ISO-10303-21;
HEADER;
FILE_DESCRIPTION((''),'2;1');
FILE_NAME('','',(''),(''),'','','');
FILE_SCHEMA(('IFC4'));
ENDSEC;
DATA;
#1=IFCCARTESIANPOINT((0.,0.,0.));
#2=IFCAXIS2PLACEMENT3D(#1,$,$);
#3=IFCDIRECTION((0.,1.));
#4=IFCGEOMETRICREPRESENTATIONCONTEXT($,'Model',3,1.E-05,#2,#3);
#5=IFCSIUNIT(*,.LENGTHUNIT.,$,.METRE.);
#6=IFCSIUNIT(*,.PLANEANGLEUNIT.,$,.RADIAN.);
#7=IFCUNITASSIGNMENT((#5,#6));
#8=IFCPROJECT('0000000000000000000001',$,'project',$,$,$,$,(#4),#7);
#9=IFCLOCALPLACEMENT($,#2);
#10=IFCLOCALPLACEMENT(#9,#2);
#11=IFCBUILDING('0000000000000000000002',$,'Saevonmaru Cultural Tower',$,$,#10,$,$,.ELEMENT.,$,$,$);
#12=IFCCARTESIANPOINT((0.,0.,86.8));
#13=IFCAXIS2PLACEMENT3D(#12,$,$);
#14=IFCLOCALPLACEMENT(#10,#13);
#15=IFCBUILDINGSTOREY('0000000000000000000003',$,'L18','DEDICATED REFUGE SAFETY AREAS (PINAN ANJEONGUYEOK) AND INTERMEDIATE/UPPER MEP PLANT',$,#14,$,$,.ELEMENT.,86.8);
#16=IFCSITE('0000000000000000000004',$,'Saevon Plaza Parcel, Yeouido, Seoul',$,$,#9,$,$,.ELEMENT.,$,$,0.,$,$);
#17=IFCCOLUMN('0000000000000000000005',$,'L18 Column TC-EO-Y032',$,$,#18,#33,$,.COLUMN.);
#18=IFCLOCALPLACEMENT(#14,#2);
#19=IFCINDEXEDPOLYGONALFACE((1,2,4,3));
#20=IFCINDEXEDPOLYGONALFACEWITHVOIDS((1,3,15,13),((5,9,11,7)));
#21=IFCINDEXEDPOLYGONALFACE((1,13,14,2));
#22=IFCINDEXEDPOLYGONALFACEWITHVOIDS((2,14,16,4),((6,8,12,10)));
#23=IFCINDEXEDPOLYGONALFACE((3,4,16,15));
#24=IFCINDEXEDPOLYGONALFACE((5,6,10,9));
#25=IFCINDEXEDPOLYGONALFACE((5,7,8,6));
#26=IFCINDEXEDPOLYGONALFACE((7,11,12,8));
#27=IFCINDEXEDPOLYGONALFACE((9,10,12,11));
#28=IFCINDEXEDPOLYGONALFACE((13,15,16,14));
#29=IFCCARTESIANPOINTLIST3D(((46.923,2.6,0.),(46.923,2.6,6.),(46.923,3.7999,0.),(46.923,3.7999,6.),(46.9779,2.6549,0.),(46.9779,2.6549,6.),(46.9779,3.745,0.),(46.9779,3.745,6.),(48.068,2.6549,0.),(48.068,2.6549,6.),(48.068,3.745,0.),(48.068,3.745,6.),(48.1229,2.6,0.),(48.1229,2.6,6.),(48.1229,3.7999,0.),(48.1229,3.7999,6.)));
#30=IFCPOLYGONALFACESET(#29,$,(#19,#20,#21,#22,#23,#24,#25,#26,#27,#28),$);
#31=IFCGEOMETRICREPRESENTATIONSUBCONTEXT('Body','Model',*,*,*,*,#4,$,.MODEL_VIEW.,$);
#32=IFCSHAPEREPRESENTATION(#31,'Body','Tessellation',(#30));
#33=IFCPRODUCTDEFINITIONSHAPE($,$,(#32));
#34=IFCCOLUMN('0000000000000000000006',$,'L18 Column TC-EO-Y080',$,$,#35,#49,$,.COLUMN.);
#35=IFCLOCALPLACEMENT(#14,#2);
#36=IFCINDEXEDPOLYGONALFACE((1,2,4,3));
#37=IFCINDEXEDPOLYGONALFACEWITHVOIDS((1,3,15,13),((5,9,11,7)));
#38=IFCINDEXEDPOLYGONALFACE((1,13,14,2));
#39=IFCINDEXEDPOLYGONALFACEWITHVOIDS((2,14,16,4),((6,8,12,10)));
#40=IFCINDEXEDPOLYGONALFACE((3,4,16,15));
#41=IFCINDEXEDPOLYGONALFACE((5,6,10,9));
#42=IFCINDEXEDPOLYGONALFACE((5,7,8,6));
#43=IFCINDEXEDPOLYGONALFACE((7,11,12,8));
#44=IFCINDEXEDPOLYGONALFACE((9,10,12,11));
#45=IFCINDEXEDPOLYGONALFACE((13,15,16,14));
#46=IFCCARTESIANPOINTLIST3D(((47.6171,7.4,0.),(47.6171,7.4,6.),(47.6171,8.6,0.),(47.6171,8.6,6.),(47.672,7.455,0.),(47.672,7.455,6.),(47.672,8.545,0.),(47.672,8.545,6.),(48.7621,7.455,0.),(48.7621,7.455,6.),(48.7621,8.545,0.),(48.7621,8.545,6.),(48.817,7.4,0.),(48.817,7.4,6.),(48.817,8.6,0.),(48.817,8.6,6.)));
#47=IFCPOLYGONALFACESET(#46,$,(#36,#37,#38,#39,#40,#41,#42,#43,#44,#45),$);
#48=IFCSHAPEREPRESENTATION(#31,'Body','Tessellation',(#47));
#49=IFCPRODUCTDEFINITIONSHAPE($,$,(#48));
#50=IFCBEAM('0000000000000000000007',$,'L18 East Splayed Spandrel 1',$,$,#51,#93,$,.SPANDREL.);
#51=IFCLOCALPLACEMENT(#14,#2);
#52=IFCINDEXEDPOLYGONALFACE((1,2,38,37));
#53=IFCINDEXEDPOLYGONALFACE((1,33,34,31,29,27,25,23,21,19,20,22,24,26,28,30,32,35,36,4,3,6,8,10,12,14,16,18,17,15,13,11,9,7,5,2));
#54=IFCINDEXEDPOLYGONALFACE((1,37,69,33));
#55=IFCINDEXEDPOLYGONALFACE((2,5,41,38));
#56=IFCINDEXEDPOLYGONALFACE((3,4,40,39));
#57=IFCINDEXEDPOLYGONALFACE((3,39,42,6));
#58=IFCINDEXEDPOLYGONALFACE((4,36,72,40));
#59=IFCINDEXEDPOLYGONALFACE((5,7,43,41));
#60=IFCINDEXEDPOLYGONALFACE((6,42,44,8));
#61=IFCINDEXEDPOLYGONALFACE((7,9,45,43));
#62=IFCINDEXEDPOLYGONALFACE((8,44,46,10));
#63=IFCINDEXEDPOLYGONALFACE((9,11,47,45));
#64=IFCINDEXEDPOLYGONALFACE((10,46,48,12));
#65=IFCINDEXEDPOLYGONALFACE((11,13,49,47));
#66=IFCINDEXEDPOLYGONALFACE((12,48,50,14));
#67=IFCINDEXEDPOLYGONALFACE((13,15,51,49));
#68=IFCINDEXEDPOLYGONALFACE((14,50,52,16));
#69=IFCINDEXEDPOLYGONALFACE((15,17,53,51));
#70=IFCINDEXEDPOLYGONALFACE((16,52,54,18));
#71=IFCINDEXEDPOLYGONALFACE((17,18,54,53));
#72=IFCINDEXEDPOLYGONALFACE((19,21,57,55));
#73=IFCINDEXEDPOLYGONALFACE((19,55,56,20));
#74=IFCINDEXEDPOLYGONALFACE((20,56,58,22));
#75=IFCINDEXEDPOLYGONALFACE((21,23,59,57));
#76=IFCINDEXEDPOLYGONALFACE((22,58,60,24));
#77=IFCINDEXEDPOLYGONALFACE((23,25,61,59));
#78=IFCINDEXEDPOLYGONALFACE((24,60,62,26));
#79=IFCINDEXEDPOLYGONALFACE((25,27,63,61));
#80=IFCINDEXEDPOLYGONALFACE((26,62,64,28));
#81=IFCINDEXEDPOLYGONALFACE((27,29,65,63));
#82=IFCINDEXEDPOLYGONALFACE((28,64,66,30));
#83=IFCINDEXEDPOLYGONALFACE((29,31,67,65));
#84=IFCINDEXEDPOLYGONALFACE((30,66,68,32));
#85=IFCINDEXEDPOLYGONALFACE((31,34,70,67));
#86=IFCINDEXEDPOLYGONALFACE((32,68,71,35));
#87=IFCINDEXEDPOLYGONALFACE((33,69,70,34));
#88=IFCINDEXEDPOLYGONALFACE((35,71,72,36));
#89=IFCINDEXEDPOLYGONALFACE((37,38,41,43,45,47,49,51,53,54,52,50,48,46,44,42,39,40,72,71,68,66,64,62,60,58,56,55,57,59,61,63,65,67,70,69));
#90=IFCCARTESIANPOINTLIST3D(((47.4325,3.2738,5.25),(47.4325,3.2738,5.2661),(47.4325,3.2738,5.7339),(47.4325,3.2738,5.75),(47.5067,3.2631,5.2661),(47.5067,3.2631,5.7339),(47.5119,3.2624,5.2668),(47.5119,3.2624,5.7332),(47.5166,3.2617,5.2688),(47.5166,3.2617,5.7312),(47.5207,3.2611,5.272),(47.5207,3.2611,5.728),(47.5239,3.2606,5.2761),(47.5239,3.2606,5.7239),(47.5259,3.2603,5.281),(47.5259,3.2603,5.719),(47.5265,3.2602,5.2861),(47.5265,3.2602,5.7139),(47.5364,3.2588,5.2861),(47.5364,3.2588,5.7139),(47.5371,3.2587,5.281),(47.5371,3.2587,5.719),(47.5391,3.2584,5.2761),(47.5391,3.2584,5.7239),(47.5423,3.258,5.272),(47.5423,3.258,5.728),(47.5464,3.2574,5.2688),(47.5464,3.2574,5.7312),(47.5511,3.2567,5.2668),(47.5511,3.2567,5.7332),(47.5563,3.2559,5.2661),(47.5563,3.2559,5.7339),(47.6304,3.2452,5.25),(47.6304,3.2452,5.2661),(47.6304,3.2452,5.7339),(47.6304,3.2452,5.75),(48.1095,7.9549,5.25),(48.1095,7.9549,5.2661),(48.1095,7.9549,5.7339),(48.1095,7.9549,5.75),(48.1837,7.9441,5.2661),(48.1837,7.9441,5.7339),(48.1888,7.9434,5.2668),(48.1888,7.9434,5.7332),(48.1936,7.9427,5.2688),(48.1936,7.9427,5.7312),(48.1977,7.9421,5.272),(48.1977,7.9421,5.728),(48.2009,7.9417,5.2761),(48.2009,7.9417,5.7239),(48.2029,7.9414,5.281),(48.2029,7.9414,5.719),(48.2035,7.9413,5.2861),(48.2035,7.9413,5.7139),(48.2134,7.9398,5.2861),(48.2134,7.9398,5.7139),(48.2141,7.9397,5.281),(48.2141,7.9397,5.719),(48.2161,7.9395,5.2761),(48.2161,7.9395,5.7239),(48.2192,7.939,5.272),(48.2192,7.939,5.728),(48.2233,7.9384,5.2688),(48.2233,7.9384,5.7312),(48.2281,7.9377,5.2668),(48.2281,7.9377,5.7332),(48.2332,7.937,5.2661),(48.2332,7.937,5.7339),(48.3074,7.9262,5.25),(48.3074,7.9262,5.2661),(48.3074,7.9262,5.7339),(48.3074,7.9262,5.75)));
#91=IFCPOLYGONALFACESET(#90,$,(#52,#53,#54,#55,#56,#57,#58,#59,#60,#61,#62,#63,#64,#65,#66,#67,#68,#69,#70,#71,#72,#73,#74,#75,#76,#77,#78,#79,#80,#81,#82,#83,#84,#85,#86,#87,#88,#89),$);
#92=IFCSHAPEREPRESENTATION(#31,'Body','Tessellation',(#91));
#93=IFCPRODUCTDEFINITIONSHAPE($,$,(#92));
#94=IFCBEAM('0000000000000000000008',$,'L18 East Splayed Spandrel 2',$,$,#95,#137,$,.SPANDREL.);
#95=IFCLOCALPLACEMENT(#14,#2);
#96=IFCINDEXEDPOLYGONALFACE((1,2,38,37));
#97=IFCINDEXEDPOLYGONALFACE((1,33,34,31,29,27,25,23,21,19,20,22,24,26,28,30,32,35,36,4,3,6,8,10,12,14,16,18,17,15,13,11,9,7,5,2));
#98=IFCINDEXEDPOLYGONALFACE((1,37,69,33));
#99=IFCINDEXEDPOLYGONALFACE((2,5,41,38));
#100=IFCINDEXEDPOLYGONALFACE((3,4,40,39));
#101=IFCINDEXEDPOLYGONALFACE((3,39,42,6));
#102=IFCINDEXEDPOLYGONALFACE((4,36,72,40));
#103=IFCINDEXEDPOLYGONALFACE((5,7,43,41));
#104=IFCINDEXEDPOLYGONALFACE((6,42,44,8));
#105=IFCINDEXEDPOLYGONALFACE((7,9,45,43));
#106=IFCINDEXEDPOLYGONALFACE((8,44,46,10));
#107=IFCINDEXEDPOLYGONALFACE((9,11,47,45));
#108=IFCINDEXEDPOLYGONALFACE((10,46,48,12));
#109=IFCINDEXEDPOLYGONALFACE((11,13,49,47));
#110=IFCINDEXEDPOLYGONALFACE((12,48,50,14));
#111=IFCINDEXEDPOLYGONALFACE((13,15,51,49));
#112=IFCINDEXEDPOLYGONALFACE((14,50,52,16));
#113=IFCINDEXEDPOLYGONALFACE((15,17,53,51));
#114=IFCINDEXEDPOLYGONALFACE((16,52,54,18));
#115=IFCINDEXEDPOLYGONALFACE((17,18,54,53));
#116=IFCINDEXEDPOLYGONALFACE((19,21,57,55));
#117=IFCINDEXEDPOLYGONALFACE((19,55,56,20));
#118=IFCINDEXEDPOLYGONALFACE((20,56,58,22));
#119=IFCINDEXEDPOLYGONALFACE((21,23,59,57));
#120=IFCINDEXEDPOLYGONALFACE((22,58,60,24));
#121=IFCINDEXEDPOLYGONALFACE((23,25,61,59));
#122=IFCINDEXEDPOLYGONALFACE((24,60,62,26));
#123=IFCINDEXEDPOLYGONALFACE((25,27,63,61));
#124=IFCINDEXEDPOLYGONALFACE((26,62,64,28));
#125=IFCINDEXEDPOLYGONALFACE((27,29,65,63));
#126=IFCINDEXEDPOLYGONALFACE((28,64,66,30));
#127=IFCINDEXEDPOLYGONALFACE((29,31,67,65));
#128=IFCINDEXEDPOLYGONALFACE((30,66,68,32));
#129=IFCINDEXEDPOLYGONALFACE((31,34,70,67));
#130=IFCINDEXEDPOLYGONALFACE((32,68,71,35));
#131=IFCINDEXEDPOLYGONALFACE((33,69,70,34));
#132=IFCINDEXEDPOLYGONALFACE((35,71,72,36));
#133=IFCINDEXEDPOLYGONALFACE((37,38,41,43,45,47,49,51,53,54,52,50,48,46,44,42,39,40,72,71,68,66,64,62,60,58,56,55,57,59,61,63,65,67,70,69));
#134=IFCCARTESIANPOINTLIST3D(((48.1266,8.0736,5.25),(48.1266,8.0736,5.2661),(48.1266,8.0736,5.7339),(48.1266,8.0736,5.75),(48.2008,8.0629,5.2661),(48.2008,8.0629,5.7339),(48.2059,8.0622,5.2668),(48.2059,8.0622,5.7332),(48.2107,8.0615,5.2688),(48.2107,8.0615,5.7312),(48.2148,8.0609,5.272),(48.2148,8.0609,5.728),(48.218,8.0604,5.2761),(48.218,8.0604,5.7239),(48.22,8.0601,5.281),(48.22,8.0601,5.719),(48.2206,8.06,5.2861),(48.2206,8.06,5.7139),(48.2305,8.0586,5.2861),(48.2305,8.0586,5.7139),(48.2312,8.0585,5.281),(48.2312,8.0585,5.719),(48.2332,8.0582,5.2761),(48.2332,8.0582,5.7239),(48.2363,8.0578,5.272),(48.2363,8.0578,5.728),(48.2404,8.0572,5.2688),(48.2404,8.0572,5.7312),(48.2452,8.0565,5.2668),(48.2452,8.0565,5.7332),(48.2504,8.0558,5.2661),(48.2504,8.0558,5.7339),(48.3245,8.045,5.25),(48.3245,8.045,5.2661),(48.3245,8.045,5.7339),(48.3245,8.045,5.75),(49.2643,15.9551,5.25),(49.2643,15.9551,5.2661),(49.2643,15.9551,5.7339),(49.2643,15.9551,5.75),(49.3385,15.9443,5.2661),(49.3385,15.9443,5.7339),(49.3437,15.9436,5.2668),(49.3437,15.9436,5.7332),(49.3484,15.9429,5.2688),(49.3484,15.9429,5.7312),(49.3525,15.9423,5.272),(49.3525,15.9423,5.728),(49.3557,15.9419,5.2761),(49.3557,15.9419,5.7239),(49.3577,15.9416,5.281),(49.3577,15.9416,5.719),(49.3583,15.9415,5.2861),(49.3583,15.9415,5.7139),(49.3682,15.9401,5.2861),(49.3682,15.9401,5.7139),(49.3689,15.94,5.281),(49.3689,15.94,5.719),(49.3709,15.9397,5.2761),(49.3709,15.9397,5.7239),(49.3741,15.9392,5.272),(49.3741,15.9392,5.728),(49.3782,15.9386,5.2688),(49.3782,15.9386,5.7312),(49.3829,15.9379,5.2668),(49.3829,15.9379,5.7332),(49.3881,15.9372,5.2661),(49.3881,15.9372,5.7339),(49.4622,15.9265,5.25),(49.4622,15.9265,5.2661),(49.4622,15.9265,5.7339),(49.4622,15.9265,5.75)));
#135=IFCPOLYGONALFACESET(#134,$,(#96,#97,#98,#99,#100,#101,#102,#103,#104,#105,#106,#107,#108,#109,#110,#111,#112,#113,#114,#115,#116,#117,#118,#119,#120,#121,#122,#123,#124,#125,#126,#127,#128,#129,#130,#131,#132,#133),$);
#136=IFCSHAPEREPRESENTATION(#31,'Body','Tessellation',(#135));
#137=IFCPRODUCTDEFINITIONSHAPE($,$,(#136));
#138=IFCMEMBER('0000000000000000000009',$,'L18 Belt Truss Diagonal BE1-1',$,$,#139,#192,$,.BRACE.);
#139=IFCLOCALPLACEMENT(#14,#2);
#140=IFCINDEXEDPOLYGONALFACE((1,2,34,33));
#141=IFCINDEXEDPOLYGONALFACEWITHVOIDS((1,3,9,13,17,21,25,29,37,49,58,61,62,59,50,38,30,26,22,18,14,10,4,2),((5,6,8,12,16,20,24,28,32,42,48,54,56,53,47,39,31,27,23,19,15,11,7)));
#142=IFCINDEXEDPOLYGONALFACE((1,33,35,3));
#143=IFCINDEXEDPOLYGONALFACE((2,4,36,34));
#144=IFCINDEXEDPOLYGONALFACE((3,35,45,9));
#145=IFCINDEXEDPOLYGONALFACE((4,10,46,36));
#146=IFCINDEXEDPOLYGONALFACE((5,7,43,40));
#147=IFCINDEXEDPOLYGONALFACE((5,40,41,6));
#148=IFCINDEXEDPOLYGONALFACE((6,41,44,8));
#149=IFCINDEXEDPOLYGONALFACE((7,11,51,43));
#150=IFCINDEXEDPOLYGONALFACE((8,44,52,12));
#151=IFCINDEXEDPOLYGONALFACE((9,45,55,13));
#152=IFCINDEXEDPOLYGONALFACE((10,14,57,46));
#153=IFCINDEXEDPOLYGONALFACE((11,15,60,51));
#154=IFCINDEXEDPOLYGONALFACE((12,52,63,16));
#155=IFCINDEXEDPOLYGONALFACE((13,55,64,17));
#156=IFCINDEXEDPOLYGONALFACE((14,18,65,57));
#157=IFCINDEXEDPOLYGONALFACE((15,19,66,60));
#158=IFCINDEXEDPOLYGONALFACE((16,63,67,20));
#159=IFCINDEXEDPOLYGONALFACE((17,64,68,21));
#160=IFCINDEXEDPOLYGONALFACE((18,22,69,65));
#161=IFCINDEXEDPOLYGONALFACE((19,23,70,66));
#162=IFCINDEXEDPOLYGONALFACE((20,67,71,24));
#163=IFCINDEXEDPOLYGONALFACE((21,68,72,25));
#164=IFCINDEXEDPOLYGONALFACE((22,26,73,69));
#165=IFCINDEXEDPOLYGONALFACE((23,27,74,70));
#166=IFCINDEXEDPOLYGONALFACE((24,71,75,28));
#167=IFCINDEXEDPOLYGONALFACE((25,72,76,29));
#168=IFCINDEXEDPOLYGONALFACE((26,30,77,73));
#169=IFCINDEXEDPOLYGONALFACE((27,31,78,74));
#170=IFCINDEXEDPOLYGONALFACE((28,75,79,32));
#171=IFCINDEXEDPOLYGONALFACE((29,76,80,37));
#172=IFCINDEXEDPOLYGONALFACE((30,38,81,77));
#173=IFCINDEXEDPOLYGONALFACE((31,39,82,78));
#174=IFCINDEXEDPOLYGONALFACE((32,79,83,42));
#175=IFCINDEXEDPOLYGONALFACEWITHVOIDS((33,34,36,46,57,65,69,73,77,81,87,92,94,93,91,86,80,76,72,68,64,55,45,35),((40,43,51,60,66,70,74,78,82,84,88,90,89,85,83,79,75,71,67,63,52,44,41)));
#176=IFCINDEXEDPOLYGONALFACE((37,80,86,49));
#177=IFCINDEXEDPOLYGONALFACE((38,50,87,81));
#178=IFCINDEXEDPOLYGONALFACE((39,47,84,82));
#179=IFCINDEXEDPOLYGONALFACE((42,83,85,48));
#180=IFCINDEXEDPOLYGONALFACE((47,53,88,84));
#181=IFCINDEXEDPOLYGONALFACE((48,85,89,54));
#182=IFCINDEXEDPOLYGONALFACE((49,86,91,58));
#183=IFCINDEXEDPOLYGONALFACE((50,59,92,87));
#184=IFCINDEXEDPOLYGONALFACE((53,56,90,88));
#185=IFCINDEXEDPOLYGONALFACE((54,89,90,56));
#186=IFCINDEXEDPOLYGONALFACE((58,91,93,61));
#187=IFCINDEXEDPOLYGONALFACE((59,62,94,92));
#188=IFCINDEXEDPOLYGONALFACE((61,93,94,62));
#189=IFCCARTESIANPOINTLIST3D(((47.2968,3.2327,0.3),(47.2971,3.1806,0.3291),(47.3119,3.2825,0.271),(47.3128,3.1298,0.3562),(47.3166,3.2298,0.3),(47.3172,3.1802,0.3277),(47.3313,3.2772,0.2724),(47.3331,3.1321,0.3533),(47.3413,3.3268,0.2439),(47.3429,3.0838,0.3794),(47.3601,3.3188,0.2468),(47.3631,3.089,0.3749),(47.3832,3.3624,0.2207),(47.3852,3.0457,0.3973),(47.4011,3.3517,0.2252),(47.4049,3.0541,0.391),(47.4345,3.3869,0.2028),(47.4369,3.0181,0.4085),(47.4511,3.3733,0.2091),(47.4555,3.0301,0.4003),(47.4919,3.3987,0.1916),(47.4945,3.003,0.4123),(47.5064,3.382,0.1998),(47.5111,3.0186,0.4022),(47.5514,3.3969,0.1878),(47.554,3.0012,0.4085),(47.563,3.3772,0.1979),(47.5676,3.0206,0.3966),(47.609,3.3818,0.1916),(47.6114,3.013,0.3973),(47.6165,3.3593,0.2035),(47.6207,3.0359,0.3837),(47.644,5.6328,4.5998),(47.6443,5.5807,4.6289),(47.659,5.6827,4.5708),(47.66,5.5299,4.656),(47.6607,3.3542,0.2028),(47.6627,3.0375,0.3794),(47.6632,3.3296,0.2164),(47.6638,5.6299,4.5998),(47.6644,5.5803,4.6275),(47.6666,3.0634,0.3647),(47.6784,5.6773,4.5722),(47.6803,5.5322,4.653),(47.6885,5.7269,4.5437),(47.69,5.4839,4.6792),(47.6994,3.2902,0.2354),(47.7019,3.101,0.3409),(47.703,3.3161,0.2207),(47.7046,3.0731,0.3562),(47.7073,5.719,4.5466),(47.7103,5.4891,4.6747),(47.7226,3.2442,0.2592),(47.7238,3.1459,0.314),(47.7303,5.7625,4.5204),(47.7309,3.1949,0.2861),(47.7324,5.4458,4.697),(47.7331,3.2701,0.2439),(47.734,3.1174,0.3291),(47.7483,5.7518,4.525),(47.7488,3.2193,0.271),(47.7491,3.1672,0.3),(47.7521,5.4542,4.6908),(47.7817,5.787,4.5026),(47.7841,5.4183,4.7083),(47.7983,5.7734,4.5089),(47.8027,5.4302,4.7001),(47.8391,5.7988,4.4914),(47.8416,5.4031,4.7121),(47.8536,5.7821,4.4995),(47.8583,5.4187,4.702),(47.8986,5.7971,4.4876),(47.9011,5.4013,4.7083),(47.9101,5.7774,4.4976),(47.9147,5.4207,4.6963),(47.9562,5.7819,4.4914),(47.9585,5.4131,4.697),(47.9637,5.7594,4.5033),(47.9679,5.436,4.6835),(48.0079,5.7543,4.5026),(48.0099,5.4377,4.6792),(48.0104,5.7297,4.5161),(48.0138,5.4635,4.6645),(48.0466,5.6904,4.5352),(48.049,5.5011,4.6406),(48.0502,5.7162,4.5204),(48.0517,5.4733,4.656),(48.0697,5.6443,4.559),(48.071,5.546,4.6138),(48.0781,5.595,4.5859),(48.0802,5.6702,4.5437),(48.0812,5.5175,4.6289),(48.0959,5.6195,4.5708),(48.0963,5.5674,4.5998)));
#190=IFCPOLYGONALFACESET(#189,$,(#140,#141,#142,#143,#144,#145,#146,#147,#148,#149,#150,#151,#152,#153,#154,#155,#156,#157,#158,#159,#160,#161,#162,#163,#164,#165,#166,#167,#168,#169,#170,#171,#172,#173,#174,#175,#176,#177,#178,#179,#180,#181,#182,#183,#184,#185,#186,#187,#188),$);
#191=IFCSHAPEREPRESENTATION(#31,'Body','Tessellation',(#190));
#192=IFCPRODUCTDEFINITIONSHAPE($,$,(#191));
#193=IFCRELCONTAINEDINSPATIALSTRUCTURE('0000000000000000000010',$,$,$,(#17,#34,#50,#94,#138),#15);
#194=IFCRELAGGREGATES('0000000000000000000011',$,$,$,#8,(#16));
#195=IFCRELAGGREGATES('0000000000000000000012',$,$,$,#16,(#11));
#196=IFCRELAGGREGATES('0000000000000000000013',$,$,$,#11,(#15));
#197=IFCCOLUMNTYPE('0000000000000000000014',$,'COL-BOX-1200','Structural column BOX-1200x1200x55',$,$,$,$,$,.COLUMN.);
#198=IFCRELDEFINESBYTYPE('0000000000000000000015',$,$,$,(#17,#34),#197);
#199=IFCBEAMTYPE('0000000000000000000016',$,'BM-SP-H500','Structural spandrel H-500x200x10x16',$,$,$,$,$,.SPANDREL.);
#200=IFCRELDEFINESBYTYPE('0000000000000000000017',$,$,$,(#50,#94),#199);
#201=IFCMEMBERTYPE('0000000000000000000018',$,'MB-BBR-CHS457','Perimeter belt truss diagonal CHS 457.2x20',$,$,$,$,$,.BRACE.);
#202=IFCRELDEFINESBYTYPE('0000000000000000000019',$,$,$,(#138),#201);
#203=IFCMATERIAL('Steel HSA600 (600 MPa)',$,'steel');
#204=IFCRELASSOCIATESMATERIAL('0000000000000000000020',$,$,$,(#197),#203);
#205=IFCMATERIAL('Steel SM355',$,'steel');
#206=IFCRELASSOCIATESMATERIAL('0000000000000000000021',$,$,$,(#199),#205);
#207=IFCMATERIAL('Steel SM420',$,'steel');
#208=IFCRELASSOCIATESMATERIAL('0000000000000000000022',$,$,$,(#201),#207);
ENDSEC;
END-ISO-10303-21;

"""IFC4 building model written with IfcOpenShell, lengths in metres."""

from ifc_helpers import new_model, si_unit, direction, frame, origin, origin_2d, place, context, subcontext, project, spatial, hollow_rectangle, hollow_circle, i_section, extrude, material, material_profile, profile_set, type_object, element, save


model = new_model("IFC4")

# Units and contexts
model_context = context("Model", 3, precision=1e-05, world=origin(), true_north=direction((0.0, 1.0)))
body_context = subcontext(model_context, "Body", "Model", "MODEL_VIEW")
ifc_project = project(units=[si_unit("LENGTHUNIT", "METRE"), si_unit("PLANEANGLEUNIT", "RADIAN")], contexts=[model_context])

# Site, building, storey
site_placement = place(None, origin())
site = spatial("IfcSite", under=ifc_project, at=site_placement, Name="Saevon Plaza Parcel, Yeouido, Seoul", CompositionType="ELEMENT", RefElevation=0.0)
building_placement = place(site_placement, origin())
building = spatial("IfcBuilding", under=site, at=building_placement, Name="Saevonmaru Cultural Tower", CompositionType="ELEMENT")
storey_placement = place(building_placement, frame((0.0, 0.0, 86.8)))
storey = spatial("IfcBuildingStorey", under=building, at=storey_placement, Name="L18", Description="DEDICATED REFUGE SAFETY AREAS (PINAN ANJEONGUYEOK) AND INTERMEDIATE/UPPER MEP PLANT", CompositionType="ELEMENT", Elevation=86.8)

# Columns
ifc_material_1 = material(Name="Steel HSA600 (600 MPa)", Category="steel")
ifc_material_profile_1 = material_profile(ifc_material_1, hollow_rectangle(XDim=1.2, YDim=1.2, WallThickness=0.0549, at=origin_2d()), Name="BOX-1200x1200x55")
ifc_profile_set_1 = profile_set([ifc_material_profile_1], Name="Steel HSA600 (600 MPa)")
column_type = type_object("IfcColumnType", Name="COL-BOX-1200", Description="Structural column BOX-1200x1200x55", PredefinedType="COLUMN", material=ifc_profile_set_1)
for number, where, z_axis, x_axis, name in (
    (1, (47.5229, 3.2, 0.0), (0.0, 0.0, 1.0), (1.0, 0.0, 0.0), "L18 Column TC-EO-Y032"),
    (2, (48.217, 8.0, 0.0), (0.0, 0.0, 1.0), (1.0, 0.0, 0.0), "L18 Column TC-EO-Y080"),
):
    element("IfcColumn", number, at=place(storey_placement, frame(where, z_axis=z_axis, x_axis=x_axis)), inside=storey, type_object=column_type, Name=name, PredefinedType="COLUMN", context=body_context, shape_type="SweptSolid", body=[
        extrude(hollow_rectangle(XDim=1.2, YDim=1.2, WallThickness=0.0549, at=origin_2d()), origin(), (0.0, 0.0, 1.0), 6.0),
    ])

# Beams
ifc_material_2 = material(Name="Steel SM355", Category="steel")
ifc_material_profile_2 = material_profile(ifc_material_2, i_section(OverallWidth=0.2, OverallDepth=0.5, WebThickness=0.01, FlangeThickness=0.0161, FilletRadius=0.02, at=origin_2d()), Name="H-500x200x10x16")
ifc_profile_set_2 = profile_set([ifc_material_profile_2], Name="Steel SM355")
beam_type = type_object("IfcBeamType", Name="BM-SP-H500", Description="Structural spandrel H-500x200x10x16", PredefinedType="SPANDREL", material=ifc_profile_set_2)
beam_1_placement = place(storey_placement, frame((47.5315, 3.2595, 5.5), z_axis=(0.143134, 0.989703, 0.0), x_axis=(-0.989703, 0.143134, 0.0)))
element("IfcBeam", 3, at=beam_1_placement, inside=storey, type_object=beam_type, Name="L18 East Splayed Spandrel 1", PredefinedType="SPANDREL", context=body_context, shape_type="SweptSolid", body=[
    extrude(i_section(OverallWidth=0.2, OverallDepth=0.5, WebThickness=0.01, FlangeThickness=0.0161, FilletRadius=0.02, at=origin_2d()), origin(), (0.0, 0.0, 1.0), 4.7297),
])
beam_2_placement = place(storey_placement, frame((48.2256, 8.0593, 5.5), z_axis=(0.142872, 0.989741, 0.0), x_axis=(-0.989741, 0.142872, 0.0)))
element("IfcBeam", 4, at=beam_2_placement, inside=storey, type_object=beam_type, Name="L18 East Splayed Spandrel 2", PredefinedType="SPANDREL", context=body_context, shape_type="SweptSolid", body=[
    extrude(i_section(OverallWidth=0.2, OverallDepth=0.5, WebThickness=0.01, FlangeThickness=0.0161, FilletRadius=0.02, at=origin_2d()), origin(), (0.0, 0.0, 1.0), 7.9631),
])

# Member
ifc_material_3 = material(Name="Steel SM420", Category="steel")
ifc_material_profile_3 = material_profile(ifc_material_3, hollow_circle(Radius=0.2285, WallThickness=0.02, at=origin_2d()), Name="CHS-457.2x20")
ifc_profile_set_3 = profile_set([ifc_material_profile_3], Name="Steel SM420")
member_type_1 = type_object("IfcMemberType", Name="MB-BBR-CHS457", Description="Perimeter belt truss diagonal CHS 457.2x20", PredefinedType="BRACE", material=ifc_profile_set_3)
for number, where, z_axis, x_axis, name in (
    (5, (47.5229, 3.2, 0.3), (0.070326, 0.486199, 0.871014), (-0.9897, 0.143155, 0.0), "L18 Belt Truss Diagonal BE1-1"),
):
    element("IfcMember", number, at=place(storey_placement, frame(where, z_axis=z_axis, x_axis=x_axis)), inside=storey, type_object=member_type_1, Name=name, PredefinedType="BRACE", context=body_context, shape_type="SweptSolid", body=[
        extrude(hollow_circle(Radius=0.2285, WallThickness=0.02, at=origin_2d()), origin(), (0.0, 0.0, 1.0), 4.9365),
    ])

save(model, "model.ifc")
